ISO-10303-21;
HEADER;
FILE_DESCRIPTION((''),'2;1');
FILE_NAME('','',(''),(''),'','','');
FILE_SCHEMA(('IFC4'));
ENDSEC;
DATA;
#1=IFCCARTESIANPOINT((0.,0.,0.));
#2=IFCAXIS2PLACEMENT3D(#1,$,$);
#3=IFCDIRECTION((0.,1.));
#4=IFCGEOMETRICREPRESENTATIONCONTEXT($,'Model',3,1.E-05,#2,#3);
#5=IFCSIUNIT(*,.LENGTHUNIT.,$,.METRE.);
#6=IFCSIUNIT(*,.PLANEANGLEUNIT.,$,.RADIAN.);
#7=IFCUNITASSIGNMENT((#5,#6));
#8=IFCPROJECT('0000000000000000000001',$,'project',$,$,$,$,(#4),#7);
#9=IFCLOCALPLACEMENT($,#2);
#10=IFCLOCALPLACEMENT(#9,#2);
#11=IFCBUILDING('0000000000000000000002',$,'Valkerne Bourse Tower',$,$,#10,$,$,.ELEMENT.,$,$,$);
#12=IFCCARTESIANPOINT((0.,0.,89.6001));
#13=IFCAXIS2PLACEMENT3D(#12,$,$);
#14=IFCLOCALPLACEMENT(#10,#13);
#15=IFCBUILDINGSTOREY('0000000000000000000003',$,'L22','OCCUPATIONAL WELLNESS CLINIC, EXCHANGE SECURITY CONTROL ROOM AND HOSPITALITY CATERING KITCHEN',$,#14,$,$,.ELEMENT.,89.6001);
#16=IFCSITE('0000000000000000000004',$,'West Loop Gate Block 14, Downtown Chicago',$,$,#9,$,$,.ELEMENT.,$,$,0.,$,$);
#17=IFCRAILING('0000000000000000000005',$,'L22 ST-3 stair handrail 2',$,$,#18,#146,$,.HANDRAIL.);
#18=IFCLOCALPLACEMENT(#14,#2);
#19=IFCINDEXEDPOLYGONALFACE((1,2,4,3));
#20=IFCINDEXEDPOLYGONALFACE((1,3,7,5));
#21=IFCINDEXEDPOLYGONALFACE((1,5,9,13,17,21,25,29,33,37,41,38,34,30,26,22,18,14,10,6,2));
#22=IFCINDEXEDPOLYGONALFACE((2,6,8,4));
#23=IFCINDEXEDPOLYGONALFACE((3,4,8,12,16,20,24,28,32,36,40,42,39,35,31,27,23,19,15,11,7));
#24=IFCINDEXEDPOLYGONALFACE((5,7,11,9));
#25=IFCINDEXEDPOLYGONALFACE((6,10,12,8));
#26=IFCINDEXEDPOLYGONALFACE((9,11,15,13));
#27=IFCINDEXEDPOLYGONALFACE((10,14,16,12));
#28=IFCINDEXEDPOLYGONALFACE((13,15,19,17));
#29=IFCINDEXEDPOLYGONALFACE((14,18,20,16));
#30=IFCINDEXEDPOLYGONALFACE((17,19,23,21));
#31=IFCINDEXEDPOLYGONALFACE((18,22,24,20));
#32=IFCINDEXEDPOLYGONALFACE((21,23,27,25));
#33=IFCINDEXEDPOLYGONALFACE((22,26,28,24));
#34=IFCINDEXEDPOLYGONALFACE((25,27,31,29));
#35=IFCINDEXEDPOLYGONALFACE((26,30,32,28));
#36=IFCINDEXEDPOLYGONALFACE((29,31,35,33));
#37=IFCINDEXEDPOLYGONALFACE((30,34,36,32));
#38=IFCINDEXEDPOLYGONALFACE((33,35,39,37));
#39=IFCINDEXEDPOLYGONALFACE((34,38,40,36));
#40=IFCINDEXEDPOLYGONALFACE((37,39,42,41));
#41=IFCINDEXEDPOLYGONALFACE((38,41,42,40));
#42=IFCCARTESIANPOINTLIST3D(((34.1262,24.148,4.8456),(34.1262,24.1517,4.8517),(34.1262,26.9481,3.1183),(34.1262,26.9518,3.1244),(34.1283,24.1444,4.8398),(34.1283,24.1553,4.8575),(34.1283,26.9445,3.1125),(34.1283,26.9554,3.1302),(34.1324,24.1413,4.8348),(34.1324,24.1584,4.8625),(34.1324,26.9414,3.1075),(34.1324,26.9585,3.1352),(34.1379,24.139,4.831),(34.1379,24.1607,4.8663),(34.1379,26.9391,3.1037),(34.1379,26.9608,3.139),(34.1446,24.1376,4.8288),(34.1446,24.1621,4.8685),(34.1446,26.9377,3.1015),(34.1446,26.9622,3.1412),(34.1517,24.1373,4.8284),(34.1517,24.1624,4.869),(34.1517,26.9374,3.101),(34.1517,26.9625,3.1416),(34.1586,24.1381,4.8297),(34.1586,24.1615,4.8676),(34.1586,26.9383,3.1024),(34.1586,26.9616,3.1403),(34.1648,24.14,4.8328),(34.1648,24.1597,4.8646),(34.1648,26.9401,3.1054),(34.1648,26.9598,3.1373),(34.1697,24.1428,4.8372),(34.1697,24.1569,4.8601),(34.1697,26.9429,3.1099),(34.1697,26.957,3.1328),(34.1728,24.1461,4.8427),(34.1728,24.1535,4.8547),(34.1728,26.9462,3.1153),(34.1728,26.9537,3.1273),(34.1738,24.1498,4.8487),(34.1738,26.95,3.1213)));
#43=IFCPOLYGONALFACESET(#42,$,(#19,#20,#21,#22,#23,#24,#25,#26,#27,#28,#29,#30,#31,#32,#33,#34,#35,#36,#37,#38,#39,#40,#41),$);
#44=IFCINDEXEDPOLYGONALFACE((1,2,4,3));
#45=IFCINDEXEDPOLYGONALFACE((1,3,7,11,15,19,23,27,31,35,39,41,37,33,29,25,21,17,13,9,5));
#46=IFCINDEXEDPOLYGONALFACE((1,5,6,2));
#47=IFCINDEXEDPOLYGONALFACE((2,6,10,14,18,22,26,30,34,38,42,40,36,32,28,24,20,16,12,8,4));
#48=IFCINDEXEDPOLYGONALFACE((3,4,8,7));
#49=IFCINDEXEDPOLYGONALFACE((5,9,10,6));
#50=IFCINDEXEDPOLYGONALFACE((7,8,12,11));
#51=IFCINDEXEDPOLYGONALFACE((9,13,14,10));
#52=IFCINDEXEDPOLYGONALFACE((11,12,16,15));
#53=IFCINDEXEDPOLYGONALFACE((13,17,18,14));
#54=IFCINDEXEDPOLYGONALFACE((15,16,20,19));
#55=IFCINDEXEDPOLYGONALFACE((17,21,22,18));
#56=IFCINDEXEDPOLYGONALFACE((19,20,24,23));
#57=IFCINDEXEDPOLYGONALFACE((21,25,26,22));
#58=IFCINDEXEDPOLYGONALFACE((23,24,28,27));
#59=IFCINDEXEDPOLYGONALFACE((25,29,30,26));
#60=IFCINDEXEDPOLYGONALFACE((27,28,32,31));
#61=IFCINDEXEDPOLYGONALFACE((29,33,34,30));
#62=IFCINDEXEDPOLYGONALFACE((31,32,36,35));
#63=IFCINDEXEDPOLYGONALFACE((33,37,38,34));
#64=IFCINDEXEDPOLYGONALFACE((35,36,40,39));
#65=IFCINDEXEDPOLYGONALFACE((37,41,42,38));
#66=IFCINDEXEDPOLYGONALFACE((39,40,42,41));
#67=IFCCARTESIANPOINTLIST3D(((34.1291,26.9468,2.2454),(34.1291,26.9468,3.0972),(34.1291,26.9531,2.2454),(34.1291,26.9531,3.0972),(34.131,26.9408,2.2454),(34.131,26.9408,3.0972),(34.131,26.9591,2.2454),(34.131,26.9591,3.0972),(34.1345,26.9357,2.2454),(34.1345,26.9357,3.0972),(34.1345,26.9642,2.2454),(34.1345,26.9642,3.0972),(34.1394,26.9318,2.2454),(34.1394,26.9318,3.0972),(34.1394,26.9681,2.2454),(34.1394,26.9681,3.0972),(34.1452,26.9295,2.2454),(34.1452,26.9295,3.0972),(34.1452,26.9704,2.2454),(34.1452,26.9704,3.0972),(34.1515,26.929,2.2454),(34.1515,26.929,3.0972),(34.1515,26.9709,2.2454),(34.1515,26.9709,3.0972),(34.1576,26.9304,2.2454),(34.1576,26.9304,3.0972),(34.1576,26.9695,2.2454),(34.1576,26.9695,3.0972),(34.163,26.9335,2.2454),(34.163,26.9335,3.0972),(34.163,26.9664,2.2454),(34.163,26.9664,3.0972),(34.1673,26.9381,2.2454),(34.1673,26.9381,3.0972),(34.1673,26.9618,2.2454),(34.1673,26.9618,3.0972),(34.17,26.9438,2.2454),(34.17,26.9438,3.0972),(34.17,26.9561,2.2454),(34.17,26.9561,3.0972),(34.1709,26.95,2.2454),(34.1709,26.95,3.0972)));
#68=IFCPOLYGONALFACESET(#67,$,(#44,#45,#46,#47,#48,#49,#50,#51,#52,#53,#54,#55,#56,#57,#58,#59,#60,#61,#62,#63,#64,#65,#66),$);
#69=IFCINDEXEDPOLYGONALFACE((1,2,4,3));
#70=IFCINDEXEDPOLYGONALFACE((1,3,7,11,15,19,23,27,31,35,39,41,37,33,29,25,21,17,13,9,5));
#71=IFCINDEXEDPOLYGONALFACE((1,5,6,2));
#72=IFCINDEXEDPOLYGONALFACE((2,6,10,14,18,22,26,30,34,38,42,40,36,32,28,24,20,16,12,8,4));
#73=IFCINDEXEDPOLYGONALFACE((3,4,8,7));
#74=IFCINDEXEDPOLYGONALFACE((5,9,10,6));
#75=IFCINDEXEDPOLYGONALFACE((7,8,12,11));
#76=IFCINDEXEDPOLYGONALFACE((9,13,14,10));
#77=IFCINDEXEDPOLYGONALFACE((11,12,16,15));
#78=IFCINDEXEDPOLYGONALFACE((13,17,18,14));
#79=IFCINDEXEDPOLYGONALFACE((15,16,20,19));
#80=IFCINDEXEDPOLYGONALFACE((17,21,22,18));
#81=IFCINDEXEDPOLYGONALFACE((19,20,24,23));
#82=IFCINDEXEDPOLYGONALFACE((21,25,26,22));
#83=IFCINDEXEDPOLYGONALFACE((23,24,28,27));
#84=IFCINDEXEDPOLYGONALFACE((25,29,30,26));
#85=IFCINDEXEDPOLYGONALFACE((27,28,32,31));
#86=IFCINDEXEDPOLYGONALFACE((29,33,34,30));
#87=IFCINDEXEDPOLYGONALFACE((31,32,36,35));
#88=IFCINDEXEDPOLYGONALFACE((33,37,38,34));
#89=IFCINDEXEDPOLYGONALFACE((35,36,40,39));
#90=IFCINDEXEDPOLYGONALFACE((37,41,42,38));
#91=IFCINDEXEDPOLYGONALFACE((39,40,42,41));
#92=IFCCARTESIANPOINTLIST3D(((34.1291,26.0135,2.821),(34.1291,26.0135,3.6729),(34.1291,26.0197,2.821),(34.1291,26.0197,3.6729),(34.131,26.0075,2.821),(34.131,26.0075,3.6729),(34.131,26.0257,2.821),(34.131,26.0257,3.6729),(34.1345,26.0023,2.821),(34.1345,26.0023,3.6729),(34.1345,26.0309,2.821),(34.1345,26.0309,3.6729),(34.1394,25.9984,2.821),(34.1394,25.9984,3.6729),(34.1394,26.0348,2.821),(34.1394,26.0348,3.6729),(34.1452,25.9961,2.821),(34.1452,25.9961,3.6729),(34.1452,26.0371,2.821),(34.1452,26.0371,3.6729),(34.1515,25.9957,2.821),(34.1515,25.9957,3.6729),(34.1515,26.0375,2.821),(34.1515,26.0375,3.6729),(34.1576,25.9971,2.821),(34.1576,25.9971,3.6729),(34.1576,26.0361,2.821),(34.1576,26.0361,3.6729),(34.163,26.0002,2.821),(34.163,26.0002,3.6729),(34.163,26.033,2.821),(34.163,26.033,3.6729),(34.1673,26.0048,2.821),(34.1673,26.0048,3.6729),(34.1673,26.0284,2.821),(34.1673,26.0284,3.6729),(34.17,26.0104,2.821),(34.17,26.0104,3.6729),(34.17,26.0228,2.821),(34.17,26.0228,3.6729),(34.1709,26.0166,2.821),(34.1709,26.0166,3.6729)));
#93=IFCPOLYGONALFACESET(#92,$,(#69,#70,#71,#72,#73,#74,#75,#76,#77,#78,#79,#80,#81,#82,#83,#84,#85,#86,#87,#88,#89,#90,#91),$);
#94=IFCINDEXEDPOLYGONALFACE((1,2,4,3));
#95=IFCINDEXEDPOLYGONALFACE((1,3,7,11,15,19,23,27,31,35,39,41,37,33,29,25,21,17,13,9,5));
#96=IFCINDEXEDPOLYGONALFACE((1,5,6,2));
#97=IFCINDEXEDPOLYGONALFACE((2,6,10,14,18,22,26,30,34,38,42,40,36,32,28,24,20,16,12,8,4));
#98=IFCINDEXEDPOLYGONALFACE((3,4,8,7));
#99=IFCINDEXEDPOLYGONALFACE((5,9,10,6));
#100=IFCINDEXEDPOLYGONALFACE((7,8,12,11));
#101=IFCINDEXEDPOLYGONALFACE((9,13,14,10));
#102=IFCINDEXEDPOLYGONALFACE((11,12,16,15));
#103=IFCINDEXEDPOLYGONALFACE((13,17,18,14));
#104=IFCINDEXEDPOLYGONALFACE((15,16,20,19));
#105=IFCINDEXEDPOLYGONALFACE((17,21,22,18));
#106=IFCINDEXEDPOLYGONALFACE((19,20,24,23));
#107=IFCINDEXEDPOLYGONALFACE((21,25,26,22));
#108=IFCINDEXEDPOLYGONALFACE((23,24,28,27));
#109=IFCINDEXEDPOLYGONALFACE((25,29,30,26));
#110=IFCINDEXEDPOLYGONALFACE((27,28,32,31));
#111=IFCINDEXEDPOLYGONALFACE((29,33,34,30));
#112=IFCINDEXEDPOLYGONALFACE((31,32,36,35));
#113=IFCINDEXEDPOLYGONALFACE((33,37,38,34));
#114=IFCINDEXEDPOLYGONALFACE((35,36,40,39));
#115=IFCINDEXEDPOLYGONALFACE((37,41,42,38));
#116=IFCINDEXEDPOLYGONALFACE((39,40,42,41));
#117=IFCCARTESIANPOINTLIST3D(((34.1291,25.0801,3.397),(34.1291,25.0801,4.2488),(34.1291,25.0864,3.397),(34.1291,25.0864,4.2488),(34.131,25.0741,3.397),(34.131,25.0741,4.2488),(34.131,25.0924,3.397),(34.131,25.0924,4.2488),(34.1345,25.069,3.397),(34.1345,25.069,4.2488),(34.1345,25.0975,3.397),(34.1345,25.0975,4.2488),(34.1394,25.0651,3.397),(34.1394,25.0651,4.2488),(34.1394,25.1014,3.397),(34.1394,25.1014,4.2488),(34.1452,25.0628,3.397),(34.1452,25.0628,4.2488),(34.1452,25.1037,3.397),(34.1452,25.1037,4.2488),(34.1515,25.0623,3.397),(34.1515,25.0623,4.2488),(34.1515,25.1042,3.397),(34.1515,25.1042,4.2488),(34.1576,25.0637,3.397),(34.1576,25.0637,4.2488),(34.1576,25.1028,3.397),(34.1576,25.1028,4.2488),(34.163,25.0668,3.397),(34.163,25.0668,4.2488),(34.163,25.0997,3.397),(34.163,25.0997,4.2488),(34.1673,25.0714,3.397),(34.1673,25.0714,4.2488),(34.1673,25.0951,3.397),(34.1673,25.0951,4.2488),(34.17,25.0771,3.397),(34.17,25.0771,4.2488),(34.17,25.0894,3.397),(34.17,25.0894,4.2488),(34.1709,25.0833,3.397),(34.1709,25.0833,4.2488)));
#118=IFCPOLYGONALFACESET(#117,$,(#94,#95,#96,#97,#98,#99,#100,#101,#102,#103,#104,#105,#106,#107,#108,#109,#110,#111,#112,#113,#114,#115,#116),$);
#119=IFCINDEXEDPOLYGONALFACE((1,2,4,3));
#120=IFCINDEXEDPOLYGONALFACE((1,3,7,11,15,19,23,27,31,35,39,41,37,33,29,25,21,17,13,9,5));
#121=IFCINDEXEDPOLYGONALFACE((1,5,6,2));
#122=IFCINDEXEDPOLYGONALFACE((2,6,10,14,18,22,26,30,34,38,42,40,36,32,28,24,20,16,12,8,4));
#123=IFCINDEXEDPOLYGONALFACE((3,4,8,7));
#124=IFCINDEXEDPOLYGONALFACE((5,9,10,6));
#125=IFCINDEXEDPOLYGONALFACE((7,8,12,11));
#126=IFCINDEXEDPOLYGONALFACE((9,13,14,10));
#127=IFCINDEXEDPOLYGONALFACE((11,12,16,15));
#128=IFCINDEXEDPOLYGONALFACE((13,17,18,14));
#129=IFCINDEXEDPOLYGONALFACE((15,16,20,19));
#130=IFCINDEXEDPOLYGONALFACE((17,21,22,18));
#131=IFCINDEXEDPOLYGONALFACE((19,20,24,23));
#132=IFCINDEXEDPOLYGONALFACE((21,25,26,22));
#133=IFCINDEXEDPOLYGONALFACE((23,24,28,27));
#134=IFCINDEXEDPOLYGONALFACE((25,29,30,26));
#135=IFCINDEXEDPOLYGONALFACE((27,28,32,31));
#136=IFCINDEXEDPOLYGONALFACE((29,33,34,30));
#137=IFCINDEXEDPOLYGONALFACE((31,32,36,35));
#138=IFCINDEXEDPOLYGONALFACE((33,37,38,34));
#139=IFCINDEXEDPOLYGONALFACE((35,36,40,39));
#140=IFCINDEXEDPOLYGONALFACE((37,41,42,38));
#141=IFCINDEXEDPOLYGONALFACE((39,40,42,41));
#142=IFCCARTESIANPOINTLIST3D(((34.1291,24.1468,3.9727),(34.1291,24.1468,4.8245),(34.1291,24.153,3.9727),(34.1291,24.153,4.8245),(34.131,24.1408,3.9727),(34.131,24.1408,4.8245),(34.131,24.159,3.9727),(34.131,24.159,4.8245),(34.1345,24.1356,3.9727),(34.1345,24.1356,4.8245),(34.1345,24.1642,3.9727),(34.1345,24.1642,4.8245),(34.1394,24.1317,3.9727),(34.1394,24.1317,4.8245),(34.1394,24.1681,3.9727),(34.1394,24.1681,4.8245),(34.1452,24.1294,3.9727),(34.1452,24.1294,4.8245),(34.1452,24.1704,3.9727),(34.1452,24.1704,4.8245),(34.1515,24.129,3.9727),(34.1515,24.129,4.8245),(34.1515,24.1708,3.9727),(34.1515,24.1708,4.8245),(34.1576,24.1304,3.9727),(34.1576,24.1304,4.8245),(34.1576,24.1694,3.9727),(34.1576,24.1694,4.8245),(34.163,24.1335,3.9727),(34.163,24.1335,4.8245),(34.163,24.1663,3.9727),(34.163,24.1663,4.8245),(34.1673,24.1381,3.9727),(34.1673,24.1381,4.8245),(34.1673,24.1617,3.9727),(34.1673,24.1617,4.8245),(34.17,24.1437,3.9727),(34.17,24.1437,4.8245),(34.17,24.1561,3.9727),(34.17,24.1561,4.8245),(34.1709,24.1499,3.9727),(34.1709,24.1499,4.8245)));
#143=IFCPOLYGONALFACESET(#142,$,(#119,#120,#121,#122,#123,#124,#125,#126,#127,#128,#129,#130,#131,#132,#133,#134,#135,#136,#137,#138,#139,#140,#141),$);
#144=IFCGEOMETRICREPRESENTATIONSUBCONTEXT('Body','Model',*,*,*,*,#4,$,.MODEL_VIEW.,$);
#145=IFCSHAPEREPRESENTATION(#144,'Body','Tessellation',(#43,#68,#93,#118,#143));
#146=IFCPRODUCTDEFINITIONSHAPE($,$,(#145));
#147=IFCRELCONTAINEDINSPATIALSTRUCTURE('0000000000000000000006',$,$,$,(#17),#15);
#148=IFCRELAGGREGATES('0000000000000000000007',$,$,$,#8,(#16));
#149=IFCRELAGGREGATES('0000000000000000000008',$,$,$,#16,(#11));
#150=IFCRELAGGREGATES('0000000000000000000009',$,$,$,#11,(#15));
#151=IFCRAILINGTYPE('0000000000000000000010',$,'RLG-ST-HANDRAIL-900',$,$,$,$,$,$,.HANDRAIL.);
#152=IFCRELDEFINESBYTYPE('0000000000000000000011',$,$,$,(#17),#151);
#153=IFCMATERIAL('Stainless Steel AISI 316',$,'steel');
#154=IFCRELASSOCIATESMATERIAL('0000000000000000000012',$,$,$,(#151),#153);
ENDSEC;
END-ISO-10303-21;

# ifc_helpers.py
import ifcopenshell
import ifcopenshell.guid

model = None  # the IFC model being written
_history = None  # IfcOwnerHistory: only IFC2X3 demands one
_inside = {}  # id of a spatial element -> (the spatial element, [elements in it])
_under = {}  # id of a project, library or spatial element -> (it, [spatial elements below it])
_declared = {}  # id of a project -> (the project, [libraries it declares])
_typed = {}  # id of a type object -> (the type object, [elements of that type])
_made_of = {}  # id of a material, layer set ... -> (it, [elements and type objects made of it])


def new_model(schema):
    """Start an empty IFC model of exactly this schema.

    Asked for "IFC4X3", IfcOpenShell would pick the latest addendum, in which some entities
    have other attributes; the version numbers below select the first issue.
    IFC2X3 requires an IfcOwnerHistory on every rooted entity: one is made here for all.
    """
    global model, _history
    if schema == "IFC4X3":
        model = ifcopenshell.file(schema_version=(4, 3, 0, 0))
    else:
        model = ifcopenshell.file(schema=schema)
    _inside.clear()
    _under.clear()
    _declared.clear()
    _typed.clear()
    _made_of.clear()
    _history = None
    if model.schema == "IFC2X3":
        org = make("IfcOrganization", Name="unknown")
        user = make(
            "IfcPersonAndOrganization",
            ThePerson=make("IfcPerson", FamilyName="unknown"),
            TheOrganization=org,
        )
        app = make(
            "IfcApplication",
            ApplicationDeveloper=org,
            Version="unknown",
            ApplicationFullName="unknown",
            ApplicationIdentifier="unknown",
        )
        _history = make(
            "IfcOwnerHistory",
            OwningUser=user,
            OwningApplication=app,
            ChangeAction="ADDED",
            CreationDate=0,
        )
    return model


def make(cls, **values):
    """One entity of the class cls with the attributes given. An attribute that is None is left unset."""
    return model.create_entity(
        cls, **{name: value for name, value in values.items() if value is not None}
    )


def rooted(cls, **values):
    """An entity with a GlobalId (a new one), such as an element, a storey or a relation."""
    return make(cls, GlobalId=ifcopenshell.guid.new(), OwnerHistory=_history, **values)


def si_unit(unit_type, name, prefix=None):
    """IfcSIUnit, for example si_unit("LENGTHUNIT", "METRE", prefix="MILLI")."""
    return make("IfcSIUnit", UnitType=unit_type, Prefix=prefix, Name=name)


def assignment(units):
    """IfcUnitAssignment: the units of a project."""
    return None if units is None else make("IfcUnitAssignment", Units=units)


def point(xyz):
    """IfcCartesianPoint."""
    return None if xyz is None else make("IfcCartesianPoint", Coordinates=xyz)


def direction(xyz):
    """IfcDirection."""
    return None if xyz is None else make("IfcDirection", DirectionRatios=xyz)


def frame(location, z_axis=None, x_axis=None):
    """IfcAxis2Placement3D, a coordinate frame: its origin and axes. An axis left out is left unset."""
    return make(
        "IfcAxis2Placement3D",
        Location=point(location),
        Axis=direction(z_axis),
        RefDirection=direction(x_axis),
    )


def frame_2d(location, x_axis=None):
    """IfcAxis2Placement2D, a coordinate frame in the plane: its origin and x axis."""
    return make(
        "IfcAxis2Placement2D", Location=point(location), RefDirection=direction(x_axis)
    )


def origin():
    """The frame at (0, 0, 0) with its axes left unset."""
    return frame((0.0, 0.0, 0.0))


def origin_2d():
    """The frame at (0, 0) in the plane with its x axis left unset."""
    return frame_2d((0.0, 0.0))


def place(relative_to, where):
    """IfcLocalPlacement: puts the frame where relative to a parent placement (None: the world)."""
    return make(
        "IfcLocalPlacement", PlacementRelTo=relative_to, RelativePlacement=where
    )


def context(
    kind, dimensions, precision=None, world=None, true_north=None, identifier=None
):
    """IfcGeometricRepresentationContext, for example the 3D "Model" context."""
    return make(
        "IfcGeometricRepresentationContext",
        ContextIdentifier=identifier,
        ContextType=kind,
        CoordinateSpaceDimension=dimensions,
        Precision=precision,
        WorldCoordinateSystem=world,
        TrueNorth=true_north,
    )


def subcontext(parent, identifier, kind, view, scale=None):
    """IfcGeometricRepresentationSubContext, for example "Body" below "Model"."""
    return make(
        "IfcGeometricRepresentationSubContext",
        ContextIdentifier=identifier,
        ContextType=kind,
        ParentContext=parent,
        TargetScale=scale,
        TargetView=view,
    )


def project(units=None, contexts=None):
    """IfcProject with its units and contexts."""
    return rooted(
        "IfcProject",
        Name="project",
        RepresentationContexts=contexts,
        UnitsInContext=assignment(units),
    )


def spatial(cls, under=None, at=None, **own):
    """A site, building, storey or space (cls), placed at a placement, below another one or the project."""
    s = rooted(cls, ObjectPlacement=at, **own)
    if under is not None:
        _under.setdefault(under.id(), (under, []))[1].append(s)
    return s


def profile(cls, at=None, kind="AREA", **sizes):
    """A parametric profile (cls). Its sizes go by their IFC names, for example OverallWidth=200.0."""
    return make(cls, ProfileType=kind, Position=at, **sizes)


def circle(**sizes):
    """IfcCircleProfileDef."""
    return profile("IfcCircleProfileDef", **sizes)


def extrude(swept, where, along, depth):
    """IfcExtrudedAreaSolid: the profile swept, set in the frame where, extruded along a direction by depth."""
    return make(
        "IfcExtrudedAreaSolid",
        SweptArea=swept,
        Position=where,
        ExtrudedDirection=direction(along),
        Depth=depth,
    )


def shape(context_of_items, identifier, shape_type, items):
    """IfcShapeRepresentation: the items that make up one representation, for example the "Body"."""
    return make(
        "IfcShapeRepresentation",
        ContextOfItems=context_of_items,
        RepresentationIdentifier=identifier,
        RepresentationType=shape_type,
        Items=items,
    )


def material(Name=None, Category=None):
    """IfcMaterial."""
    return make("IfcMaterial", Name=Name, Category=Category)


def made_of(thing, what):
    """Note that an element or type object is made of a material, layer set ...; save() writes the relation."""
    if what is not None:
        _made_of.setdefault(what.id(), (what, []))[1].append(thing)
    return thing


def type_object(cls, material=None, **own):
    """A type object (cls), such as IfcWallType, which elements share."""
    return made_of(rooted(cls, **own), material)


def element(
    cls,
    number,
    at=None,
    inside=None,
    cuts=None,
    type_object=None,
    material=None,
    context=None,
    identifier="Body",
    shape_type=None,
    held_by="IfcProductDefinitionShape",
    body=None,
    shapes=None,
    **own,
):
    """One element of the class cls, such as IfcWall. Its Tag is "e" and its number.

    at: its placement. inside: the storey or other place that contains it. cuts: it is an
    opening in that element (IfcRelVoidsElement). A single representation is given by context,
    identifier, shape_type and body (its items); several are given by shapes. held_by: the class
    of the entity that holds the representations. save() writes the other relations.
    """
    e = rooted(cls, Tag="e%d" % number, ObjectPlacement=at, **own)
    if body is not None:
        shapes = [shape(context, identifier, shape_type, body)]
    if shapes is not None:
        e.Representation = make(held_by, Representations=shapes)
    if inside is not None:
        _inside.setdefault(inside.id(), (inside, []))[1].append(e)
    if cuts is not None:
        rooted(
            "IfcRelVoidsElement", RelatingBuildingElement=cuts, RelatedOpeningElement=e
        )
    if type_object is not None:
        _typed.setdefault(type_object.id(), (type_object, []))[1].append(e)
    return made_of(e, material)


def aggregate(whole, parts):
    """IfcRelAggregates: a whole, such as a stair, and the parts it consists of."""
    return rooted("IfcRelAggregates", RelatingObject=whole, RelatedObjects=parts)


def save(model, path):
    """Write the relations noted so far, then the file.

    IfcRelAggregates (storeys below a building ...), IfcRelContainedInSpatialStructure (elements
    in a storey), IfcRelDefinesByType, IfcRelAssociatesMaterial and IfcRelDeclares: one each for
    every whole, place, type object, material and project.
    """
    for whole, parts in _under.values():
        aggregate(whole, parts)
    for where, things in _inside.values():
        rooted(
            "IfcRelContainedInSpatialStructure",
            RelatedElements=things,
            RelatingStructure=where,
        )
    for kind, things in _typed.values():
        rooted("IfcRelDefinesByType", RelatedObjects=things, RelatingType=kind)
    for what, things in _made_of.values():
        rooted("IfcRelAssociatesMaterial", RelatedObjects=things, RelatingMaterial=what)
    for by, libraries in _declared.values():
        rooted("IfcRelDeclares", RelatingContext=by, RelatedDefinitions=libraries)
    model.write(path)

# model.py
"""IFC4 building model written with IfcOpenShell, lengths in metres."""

from ifc_helpers import new_model, si_unit, direction, frame, origin, origin_2d, place, context, subcontext, project, spatial, circle, extrude, material, type_object, element, save


model = new_model("IFC4")

# Units and contexts
model_context = context("Model", 3, precision=1e-05, world=origin(), true_north=direction((0.0, 1.0)))
body_context = subcontext(model_context, "Body", "Model", "MODEL_VIEW")
ifc_project = project(units=[si_unit("LENGTHUNIT", "METRE"), si_unit("PLANEANGLEUNIT", "RADIAN")], contexts=[model_context])

# Site, building, storey
site_placement = place(None, origin())
site = spatial("IfcSite", under=ifc_project, at=site_placement, Name="West Loop Gate Block 14, Downtown Chicago", CompositionType="ELEMENT", RefElevation=0.0)
building_placement = place(site_placement, origin())
building = spatial("IfcBuilding", under=site, at=building_placement, Name="Valkerne Bourse Tower", CompositionType="ELEMENT")
storey_placement = place(building_placement, frame((0.0, 0.0, 89.6001)))
storey = spatial("IfcBuildingStorey", under=building, at=storey_placement, Name="L22", Description="OCCUPATIONAL WELLNESS CLINIC, EXCHANGE SECURITY CONTROL ROOM AND HOSPITALITY CATERING KITCHEN", CompositionType="ELEMENT", Elevation=89.6001)

# Railing
ifc_material_1 = material(Name="Stainless Steel AISI 316", Category="steel")
railing_type_1 = type_object("IfcRailingType", Name="RLG-ST-HANDRAIL-900", PredefinedType="HANDRAIL", material=ifc_material_1)
railing_1_placement = place(storey_placement, frame((34.1499, 26.95, 2.2454)))
element("IfcRailing", 1, at=railing_1_placement, inside=storey, type_object=railing_type_1, Name="L22 ST-3 stair handrail 2", PredefinedType="HANDRAIL", context=body_context, shape_type="SweptSolid", body=[
    extrude(circle(Radius=0.0239, at=origin_2d()), frame((0.0, 0.0, 0.876), z_axis=(0.0, -0.85109, 0.52502), x_axis=(1.0, 0.0, 0.0)), (0.0, 0.0, 1.0), 3.29),
    extrude(circle(Radius=0.021, at=origin_2d()), origin(), (0.0, 0.0, 1.0), 0.8518),
    extrude(circle(Radius=0.021, at=origin_2d()), frame((0.0, -0.9333, 0.5757)), (0.0, 0.0, 1.0), 0.8518),
    extrude(circle(Radius=0.021, at=origin_2d()), frame((0.0, -1.8667, 1.1516)), (0.0, 0.0, 1.0), 0.8518),
    extrude(circle(Radius=0.021, at=origin_2d()), frame((0.0, -2.8, 1.7273)), (0.0, 0.0, 1.0), 0.8518),
])

save(model, "model.ifc")
